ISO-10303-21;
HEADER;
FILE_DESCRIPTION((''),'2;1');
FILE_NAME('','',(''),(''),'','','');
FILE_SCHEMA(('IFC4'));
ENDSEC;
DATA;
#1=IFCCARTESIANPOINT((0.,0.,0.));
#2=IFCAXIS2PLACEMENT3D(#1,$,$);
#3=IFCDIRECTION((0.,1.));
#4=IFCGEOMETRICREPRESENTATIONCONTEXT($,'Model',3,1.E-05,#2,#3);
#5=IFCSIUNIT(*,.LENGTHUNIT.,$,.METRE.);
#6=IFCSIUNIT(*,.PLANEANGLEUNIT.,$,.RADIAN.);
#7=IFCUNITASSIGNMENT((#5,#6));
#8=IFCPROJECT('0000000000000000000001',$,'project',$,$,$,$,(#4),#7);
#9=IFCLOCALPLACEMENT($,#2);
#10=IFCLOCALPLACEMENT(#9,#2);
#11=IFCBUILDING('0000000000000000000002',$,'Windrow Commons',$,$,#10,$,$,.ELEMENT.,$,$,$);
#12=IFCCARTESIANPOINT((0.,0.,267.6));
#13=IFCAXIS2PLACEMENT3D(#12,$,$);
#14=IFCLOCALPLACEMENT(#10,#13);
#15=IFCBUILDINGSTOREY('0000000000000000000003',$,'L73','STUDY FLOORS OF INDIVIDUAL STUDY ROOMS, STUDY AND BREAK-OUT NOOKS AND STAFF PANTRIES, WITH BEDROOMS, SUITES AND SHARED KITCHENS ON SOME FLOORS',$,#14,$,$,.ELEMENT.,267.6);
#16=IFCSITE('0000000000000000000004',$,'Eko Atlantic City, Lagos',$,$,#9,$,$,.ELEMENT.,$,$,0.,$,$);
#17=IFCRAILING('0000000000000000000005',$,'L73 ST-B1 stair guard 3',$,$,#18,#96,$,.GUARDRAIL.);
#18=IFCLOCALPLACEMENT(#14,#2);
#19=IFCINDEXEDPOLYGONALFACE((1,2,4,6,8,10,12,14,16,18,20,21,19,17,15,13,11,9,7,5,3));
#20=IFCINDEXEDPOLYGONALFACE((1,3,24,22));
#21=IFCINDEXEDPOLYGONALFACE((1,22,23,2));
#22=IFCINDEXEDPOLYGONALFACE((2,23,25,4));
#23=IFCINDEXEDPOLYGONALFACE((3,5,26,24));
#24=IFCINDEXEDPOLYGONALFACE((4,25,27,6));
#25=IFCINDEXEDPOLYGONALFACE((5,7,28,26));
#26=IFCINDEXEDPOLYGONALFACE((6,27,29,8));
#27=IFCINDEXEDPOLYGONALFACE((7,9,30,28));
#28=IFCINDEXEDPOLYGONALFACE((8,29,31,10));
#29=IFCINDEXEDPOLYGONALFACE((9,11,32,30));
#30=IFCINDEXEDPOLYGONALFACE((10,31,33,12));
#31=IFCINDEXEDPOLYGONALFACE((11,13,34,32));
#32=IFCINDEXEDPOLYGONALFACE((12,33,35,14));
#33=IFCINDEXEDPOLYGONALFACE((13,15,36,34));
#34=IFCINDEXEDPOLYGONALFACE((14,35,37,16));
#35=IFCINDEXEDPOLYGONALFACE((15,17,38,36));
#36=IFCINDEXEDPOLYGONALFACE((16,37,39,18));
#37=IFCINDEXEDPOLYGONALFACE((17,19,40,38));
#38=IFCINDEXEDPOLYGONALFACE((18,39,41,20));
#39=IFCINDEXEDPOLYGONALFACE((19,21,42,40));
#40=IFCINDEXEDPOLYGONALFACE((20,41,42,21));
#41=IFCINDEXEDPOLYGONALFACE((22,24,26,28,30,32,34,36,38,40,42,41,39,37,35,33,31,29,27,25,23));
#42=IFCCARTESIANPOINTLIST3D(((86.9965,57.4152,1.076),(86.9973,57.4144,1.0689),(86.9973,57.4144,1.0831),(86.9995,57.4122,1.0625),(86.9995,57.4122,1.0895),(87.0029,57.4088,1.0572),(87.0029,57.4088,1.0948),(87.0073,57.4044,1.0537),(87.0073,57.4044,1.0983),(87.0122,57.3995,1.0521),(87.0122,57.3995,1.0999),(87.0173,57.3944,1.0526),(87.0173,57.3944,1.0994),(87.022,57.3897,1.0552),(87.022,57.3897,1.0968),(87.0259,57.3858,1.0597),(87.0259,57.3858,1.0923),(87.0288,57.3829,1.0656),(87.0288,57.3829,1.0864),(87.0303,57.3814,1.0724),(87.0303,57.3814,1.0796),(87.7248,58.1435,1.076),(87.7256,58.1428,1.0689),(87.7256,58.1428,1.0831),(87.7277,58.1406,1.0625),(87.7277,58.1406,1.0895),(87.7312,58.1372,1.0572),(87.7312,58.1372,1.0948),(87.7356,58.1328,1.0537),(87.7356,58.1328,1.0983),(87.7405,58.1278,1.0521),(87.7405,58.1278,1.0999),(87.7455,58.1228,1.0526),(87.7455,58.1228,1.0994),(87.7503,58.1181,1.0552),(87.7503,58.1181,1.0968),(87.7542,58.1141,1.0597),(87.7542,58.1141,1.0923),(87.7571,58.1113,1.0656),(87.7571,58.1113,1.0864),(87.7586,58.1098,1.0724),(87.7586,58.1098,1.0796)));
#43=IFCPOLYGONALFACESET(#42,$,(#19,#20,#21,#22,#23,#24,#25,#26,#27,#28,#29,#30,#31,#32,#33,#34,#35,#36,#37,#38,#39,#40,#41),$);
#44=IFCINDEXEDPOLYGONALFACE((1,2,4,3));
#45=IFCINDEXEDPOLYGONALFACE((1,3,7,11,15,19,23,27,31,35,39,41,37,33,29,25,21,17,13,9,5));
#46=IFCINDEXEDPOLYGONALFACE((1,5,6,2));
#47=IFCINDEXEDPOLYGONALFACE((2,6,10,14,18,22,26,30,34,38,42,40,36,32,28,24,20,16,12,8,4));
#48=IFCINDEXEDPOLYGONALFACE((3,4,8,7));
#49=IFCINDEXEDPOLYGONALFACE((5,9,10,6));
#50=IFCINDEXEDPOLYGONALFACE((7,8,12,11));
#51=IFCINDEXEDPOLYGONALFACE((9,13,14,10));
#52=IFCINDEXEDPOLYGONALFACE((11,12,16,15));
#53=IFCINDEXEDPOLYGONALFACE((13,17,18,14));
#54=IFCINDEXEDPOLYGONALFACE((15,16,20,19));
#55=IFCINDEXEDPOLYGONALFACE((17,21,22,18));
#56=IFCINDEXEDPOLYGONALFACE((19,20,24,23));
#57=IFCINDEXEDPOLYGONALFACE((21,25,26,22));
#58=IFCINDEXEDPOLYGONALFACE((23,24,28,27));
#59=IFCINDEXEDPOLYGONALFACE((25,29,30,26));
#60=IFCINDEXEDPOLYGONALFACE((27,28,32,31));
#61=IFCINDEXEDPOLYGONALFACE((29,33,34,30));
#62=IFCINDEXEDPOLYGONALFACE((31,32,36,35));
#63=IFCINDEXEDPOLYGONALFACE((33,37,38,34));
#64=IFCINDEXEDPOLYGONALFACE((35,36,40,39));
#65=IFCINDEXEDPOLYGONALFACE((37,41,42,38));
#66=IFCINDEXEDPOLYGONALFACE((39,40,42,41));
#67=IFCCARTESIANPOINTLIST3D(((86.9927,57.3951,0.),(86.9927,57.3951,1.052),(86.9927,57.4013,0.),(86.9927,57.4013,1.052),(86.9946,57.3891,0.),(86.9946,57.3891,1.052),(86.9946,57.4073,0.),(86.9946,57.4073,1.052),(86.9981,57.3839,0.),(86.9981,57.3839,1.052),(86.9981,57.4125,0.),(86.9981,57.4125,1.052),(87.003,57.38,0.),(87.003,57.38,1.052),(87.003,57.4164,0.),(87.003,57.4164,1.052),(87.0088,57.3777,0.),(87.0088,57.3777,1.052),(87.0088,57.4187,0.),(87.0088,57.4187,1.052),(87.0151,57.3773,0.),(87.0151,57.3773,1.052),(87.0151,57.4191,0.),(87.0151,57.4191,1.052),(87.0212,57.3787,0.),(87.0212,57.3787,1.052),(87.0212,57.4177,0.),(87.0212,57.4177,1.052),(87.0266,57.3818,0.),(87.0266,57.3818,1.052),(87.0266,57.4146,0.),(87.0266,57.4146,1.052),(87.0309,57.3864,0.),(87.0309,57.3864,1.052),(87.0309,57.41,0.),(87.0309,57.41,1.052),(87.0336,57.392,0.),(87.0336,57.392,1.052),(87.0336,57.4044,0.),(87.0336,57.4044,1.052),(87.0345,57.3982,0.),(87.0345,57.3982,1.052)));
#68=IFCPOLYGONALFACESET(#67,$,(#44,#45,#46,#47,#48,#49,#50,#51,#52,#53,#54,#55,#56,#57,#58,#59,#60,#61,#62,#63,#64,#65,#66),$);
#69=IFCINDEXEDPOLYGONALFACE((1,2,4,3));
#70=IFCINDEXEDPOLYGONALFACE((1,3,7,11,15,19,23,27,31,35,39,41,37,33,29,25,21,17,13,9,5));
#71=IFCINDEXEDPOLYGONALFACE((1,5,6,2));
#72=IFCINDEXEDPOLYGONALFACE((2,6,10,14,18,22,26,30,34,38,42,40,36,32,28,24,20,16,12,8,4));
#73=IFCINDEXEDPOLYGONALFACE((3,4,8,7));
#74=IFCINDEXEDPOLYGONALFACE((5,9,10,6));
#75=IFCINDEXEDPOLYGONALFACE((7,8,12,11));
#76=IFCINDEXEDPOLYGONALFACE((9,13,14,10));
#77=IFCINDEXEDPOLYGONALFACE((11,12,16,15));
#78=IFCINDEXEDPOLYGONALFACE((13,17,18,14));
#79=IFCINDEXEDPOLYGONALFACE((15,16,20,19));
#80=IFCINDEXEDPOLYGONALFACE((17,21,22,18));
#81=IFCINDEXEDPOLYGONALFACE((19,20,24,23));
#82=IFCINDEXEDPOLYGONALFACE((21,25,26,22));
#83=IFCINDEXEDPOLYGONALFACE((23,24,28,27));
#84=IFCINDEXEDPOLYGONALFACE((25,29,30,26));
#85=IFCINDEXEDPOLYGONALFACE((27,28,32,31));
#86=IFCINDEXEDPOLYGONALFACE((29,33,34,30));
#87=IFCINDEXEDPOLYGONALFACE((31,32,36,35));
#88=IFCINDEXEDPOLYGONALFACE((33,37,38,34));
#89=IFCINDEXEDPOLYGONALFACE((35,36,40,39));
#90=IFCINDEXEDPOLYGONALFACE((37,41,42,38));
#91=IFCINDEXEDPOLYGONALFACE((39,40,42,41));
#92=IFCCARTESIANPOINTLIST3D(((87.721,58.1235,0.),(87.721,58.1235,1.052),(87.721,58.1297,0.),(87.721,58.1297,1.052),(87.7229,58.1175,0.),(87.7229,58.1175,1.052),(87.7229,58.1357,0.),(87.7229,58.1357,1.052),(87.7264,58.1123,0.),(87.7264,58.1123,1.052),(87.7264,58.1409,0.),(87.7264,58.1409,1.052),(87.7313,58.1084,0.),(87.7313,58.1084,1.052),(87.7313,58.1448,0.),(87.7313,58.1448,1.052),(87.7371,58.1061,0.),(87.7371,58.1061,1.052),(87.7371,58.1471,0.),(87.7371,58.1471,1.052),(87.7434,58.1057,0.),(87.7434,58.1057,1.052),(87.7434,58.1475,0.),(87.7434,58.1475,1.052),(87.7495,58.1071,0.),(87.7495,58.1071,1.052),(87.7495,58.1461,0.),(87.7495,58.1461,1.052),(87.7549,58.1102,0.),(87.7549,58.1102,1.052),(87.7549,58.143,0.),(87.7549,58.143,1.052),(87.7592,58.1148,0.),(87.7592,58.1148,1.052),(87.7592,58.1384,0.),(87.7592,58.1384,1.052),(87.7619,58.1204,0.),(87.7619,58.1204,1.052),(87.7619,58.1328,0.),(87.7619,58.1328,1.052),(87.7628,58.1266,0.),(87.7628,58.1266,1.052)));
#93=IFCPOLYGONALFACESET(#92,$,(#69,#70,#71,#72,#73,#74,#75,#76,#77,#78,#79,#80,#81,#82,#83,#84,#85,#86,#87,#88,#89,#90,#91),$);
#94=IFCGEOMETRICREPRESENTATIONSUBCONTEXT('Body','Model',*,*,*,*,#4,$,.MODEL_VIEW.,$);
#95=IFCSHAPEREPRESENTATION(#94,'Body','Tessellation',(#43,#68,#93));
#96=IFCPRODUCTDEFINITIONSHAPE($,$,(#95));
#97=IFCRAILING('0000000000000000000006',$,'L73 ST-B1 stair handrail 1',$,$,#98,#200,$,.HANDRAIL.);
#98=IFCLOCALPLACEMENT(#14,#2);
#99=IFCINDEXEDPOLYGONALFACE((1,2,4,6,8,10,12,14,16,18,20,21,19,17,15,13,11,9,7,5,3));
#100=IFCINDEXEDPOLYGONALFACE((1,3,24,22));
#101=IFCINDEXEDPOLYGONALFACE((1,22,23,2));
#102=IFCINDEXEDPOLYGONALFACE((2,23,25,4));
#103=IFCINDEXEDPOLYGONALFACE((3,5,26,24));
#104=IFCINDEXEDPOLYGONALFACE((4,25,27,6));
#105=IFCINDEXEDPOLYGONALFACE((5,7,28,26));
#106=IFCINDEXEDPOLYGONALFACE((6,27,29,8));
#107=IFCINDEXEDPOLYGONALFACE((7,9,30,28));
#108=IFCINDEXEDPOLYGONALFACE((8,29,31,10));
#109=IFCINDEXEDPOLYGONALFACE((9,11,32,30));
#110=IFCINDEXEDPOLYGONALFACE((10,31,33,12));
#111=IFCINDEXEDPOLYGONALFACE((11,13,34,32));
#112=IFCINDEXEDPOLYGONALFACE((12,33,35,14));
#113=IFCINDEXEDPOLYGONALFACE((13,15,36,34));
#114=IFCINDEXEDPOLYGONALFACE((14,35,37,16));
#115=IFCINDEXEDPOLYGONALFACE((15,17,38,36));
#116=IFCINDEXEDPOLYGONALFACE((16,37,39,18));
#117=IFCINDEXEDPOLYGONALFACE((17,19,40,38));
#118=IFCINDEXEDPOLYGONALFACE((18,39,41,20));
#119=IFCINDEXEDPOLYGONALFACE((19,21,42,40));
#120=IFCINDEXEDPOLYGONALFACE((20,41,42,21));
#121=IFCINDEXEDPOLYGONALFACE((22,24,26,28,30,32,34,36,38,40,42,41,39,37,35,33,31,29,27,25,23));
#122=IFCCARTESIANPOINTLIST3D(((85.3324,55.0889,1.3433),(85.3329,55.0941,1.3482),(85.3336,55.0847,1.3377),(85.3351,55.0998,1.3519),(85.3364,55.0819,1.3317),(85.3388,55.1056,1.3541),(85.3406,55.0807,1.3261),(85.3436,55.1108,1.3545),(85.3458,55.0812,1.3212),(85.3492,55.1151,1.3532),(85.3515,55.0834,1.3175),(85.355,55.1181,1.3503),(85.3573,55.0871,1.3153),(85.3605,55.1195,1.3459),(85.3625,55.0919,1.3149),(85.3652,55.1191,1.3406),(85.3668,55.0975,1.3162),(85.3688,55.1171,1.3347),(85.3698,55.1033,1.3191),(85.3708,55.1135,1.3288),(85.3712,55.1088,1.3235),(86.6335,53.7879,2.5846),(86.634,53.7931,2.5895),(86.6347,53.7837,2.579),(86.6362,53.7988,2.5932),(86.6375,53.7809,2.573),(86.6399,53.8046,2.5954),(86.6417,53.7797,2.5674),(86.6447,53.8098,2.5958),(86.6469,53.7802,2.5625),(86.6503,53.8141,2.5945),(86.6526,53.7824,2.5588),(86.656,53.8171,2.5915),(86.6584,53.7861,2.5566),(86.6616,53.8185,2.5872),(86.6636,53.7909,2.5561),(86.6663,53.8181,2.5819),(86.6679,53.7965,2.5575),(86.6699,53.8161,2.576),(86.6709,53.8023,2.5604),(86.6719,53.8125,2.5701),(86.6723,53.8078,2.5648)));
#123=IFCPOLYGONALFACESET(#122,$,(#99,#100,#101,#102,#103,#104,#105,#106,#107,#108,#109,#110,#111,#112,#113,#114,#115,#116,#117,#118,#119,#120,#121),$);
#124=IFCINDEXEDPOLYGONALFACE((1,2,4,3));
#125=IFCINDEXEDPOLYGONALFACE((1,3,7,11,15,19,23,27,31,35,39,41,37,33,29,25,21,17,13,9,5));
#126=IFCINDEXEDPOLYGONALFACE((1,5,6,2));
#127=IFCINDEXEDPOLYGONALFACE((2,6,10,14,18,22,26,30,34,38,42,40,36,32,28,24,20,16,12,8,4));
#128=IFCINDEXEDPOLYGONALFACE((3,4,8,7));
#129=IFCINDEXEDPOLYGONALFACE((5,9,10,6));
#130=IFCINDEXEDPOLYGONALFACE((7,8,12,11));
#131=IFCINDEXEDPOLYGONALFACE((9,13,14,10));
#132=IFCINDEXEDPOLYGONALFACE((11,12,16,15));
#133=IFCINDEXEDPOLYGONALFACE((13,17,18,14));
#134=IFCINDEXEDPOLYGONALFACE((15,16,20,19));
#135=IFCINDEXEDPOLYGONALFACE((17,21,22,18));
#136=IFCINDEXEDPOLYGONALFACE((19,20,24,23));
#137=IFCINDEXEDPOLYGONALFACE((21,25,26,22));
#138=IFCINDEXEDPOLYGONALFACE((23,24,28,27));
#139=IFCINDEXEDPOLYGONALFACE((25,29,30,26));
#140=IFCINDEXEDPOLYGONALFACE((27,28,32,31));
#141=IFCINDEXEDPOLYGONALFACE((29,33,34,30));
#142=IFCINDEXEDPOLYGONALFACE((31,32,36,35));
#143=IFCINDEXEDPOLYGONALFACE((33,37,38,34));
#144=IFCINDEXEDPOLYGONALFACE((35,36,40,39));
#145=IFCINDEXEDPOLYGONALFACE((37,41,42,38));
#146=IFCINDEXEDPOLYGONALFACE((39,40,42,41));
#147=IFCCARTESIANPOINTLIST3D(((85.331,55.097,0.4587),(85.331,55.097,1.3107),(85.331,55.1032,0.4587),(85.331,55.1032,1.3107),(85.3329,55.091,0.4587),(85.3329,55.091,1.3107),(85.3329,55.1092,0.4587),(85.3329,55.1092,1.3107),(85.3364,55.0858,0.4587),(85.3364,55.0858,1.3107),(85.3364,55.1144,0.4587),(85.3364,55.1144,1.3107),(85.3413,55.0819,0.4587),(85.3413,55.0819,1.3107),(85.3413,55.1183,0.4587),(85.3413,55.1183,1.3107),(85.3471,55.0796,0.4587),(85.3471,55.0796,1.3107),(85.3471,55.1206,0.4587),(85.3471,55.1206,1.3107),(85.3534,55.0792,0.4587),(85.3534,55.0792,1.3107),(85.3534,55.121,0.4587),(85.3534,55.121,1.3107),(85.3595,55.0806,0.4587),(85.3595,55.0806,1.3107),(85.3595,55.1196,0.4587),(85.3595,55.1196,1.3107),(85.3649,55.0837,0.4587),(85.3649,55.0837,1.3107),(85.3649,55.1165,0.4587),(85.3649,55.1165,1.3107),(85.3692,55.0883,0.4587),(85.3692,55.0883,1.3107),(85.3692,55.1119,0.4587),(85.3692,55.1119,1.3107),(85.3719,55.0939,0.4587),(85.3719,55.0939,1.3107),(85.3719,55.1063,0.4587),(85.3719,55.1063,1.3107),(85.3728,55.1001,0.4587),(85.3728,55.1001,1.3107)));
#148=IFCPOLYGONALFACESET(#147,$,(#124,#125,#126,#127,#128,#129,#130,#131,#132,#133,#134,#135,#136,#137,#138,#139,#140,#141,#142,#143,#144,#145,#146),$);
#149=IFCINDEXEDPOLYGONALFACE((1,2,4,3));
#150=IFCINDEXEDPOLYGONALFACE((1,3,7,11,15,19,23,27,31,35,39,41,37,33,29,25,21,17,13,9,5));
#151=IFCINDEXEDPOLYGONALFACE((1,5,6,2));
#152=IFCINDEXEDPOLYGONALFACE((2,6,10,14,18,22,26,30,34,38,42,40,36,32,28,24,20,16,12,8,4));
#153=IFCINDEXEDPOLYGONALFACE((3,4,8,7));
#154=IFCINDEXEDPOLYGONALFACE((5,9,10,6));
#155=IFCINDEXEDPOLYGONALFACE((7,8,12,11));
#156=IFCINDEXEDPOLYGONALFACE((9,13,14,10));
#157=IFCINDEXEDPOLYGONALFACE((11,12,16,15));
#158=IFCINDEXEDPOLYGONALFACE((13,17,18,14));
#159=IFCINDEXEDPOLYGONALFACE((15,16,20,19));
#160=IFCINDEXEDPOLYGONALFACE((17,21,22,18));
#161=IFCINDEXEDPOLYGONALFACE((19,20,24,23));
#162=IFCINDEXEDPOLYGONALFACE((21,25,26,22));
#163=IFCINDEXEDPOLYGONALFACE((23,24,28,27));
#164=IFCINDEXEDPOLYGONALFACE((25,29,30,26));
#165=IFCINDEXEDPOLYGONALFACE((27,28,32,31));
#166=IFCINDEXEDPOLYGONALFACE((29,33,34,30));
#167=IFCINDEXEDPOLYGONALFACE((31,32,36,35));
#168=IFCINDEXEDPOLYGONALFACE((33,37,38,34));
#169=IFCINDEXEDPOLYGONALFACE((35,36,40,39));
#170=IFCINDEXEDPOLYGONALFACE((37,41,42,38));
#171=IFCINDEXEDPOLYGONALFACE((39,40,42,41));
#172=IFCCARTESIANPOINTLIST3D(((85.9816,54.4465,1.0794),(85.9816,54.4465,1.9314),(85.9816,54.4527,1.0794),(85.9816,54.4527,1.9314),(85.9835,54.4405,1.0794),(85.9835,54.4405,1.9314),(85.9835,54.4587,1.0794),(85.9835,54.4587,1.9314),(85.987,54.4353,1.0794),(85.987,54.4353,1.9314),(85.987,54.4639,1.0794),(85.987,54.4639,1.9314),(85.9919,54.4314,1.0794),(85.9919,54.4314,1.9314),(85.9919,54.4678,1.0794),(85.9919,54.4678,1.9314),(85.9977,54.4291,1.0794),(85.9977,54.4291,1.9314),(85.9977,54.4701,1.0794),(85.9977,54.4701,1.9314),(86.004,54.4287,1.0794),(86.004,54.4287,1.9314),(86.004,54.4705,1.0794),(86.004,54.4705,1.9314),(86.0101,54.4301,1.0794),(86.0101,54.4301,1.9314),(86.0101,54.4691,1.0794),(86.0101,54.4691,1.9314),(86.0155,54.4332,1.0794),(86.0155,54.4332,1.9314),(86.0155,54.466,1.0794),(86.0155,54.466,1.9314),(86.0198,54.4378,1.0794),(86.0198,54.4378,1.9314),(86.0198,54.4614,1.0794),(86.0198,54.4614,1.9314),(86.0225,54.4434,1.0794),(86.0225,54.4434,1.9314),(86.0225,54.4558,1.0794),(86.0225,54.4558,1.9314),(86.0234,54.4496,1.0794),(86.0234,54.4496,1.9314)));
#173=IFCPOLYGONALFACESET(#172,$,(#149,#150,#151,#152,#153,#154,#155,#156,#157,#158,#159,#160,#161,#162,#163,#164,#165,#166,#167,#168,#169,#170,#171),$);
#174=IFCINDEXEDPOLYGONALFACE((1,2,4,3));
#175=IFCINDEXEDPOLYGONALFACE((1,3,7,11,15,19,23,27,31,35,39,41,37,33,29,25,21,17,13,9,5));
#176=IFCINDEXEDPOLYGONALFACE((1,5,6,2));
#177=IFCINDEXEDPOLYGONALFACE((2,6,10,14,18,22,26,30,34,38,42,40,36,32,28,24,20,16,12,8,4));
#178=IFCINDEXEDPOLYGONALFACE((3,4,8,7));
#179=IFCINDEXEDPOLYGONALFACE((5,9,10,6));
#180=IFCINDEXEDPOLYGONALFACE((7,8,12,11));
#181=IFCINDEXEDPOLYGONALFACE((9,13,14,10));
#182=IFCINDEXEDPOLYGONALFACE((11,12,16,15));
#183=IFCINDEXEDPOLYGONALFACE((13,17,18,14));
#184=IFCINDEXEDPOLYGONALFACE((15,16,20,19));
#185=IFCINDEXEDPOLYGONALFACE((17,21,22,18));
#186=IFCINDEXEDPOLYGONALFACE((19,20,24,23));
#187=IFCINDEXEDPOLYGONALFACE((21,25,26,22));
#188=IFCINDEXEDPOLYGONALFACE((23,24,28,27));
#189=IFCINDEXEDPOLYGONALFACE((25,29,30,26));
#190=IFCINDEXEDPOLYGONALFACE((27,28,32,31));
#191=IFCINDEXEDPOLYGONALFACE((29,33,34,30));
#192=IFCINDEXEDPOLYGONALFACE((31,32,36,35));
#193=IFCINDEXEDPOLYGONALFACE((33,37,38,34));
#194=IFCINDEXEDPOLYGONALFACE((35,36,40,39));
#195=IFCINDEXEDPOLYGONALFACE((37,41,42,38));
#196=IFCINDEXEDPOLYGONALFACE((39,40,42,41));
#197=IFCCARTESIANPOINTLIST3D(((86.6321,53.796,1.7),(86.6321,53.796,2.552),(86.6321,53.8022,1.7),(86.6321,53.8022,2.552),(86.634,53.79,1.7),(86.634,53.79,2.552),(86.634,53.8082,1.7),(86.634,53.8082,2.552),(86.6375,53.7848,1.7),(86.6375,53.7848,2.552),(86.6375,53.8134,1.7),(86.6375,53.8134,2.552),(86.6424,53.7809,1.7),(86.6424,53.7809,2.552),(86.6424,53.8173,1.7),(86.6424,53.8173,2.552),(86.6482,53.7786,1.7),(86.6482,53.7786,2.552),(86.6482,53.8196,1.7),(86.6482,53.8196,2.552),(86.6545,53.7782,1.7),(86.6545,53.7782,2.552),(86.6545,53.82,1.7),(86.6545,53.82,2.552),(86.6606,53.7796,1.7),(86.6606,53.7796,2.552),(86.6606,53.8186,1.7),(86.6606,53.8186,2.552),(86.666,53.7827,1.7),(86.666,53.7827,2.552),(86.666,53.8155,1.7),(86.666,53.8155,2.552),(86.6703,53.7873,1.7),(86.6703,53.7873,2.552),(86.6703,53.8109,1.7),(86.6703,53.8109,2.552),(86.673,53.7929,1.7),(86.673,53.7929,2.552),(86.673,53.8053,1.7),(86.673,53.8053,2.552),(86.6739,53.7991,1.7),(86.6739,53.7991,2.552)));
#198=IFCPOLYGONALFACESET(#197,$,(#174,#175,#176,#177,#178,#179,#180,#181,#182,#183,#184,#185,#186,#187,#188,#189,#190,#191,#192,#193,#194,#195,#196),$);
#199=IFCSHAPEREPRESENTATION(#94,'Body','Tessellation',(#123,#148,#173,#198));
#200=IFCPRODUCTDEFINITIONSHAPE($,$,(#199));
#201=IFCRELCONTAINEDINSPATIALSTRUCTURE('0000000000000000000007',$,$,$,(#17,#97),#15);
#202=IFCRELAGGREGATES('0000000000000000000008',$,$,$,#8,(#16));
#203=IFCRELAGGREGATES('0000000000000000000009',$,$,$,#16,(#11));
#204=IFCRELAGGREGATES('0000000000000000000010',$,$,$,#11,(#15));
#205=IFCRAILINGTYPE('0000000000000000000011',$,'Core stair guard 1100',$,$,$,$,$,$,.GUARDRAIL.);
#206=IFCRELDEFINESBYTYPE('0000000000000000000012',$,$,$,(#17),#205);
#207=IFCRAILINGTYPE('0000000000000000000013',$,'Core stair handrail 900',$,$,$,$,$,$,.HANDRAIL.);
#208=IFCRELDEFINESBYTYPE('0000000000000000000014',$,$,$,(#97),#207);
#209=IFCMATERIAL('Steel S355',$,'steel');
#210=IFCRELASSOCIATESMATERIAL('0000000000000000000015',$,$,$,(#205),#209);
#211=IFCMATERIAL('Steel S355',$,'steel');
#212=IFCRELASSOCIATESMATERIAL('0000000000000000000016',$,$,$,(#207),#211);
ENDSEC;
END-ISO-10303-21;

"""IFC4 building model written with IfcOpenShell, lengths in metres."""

from ifc_helpers import new_model, si_unit, direction, frame, origin, origin_2d, place, context, subcontext, project, spatial, circle, extrude, material, type_object, element, save


model = new_model("IFC4")

# Units and contexts
model_context = context("Model", 3, precision=1e-05, world=origin(), true_north=direction((0.0, 1.0)))
body_context = subcontext(model_context, "Body", "Model", "MODEL_VIEW")
ifc_project = project(units=[si_unit("LENGTHUNIT", "METRE"), si_unit("PLANEANGLEUNIT", "RADIAN")], contexts=[model_context])

# Site, building, storey
site_placement = place(None, origin())
site = spatial("IfcSite", under=ifc_project, at=site_placement, Name="Eko Atlantic City, Lagos", CompositionType="ELEMENT", RefElevation=0.0)
building_placement = place(site_placement, origin())
building = spatial("IfcBuilding", under=site, at=building_placement, Name="Windrow Commons", CompositionType="ELEMENT")
storey_placement = place(building_placement, frame((0.0, 0.0, 267.6)))
storey = spatial("IfcBuildingStorey", under=building, at=storey_placement, Name="L73", Description="STUDY FLOORS OF INDIVIDUAL STUDY ROOMS, STUDY AND BREAK-OUT NOOKS AND STAFF PANTRIES, WITH BEDROOMS, SUITES AND SHARED KITCHENS ON SOME FLOORS", CompositionType="ELEMENT", Elevation=267.6)

# Railings
ifc_material_1 = material(Name="Steel S355", Category="steel")
railing_type_1 = type_object("IfcRailingType", Name="Core stair guard 1100", PredefinedType="GUARDRAIL", material=ifc_material_1)
railing_1_placement = place(storey_placement, frame((87.0135, 57.3982, 0.0)))
element("IfcRailing", 1, at=railing_1_placement, inside=storey, type_object=railing_type_1, Name="L73 ST-B1 stair guard 3", PredefinedType="GUARDRAIL", context=body_context, shape_type="SweptSolid", body=[
    extrude(circle(Radius=0.024, at=origin_2d()), frame((0.0, 0.0, 1.076), z_axis=(0.707058, 0.707155, 0.0), x_axis=(-0.707155, 0.707058, 0.0)), (0.0, 0.0, 1.0), 1.03),
    extrude(circle(Radius=0.021, at=origin_2d()), origin(), (0.0, 0.0, 1.0), 1.052),
    extrude(circle(Radius=0.021, at=origin_2d()), frame((0.7283, 0.7284, 0.0)), (0.0, 0.0, 1.0), 1.052),
])
ifc_material_2 = material(Name="Steel S355", Category="steel")
railing_type_2 = type_object("IfcRailingType", Name="Core stair handrail 900", PredefinedType="HANDRAIL", material=ifc_material_2)
railing_2_placement = place(storey_placement, frame((85.3518, 55.1001, 0.4587)))
element("IfcRailing", 2, at=railing_2_placement, inside=storey, type_object=railing_type_2, Name="L73 ST-B1 stair handrail 1", PredefinedType="HANDRAIL", context=body_context, shape_type="SweptSolid", body=[
    extrude(circle(Radius=0.024, at=origin_2d()), frame((0.0, 0.0, 0.876), z_axis=(0.586207, -0.586162, 0.559264), x_axis=(0.70708, 0.707134, 0.0)), (0.0, 0.0, 1.0), 2.2195),
    extrude(circle(Radius=0.021, at=origin_2d()), origin(), (0.0, 0.0, 1.0), 0.852),
    extrude(circle(Radius=0.021, at=origin_2d()), frame((0.6506, -0.6505, 0.6207)), (0.0, 0.0, 1.0), 0.852),
    extrude(circle(Radius=0.021, at=origin_2d()), frame((1.3011, -1.301, 1.2413)), (0.0, 0.0, 1.0), 0.852),
])

save(model, "model.ifc")
